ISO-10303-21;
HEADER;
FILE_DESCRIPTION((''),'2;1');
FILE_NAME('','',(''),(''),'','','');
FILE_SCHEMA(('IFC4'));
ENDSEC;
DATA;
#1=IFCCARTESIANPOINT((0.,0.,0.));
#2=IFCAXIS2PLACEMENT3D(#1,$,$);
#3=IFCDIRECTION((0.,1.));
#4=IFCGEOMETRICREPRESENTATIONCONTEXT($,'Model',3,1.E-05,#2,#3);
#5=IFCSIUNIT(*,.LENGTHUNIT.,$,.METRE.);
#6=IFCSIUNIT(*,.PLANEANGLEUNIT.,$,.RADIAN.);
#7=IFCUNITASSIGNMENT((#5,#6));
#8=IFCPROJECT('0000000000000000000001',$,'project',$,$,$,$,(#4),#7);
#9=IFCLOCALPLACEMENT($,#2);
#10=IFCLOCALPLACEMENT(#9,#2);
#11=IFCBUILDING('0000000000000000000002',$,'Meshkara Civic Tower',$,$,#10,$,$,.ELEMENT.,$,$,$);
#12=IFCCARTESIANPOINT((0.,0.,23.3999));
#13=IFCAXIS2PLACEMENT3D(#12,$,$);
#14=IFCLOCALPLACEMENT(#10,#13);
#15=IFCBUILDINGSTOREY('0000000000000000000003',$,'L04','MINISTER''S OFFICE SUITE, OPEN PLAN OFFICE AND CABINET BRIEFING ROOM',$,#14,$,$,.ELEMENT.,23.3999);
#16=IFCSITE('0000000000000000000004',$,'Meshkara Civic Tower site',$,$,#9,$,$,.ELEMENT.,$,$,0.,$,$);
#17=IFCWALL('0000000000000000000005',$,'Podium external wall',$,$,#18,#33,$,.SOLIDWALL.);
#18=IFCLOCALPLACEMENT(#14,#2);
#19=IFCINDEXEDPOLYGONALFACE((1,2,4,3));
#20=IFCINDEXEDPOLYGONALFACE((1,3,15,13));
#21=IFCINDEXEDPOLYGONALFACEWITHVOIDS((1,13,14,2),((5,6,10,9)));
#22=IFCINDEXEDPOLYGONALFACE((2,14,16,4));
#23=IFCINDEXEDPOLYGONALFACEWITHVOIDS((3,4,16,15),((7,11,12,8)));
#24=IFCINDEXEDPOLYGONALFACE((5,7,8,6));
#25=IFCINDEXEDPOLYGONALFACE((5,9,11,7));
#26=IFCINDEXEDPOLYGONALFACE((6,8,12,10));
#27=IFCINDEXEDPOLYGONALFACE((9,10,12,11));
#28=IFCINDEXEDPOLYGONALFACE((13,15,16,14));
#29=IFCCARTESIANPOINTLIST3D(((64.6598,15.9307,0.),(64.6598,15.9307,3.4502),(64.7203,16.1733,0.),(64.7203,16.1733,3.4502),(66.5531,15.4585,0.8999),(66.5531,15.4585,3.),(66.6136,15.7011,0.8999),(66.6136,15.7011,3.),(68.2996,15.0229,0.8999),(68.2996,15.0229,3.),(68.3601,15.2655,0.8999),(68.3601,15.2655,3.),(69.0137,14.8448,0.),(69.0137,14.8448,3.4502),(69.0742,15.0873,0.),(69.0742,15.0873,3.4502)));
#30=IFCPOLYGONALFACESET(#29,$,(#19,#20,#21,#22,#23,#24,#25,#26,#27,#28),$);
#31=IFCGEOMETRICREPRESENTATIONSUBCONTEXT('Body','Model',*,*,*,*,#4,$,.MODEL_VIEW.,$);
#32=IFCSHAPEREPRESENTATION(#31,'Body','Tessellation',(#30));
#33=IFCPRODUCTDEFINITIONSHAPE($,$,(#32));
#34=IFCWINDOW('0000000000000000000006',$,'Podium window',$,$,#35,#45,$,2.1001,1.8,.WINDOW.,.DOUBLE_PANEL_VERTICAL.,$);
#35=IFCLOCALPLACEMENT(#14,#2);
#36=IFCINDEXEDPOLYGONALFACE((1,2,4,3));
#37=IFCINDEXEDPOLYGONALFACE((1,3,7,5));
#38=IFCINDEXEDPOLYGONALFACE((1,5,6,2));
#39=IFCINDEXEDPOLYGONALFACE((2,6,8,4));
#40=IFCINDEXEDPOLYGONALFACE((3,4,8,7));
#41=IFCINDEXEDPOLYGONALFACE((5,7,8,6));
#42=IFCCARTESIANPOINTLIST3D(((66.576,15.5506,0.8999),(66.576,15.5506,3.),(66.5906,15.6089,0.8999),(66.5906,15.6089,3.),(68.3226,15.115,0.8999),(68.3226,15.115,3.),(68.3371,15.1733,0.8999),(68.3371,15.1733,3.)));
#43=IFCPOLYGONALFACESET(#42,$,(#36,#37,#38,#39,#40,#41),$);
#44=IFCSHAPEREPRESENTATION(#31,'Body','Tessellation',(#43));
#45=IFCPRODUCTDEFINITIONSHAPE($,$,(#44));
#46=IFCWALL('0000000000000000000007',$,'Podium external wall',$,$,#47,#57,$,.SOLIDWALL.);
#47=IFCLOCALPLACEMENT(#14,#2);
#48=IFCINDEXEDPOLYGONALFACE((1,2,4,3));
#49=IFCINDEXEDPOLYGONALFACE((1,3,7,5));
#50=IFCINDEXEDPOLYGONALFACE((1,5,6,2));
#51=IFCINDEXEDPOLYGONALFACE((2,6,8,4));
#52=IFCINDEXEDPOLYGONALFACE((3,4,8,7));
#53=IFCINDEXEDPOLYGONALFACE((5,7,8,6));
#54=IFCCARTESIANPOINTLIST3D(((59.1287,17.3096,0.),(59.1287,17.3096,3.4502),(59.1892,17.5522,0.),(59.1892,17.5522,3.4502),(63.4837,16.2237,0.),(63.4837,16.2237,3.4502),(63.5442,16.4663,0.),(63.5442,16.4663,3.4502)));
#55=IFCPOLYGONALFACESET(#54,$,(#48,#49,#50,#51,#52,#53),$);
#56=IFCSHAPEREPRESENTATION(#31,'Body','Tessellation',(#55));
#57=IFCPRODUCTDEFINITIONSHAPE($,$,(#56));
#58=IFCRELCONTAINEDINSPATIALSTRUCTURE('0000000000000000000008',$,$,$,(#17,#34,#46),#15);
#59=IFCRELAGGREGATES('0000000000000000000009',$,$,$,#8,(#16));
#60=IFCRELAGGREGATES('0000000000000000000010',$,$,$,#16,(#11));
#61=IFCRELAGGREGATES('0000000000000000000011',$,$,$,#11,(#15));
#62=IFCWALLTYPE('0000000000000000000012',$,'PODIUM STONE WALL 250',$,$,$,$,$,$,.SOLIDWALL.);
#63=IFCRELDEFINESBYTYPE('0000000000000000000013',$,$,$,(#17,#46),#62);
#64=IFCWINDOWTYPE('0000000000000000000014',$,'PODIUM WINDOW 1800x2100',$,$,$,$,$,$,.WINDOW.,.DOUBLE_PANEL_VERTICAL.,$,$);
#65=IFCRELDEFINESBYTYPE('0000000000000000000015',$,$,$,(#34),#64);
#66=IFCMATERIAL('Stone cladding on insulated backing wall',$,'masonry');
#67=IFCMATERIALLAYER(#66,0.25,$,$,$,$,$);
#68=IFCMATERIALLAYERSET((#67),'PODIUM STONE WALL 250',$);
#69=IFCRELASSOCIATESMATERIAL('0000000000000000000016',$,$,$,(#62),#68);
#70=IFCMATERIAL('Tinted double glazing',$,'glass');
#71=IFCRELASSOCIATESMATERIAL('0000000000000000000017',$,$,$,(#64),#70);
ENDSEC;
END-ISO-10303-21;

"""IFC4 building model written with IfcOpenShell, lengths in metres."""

from ifc_helpers import new_model, si_unit, direction, frame, frame_2d, origin, place, context, subcontext, project, spatial, rectangle, extrude, material, layer, layer_set, type_object, element, fill, save


model = new_model("IFC4")

# Units and contexts
model_context = context("Model", 3, precision=1e-05, world=origin(), true_north=direction((0.0, 1.0)))
body_context = subcontext(model_context, "Body", "Model", "MODEL_VIEW")
ifc_project = project(units=[si_unit("LENGTHUNIT", "METRE"), si_unit("PLANEANGLEUNIT", "RADIAN")], contexts=[model_context])

# Site, building, storey
site_placement = place(None, origin())
site = spatial("IfcSite", under=ifc_project, at=site_placement, Name="Meshkara Civic Tower site", CompositionType="ELEMENT", RefElevation=0.0)
building_placement = place(site_placement, origin())
building = spatial("IfcBuilding", under=site, at=building_placement, Name="Meshkara Civic Tower", CompositionType="ELEMENT")
storey_placement = place(building_placement, frame((0.0, 0.0, 23.3999)))
storey = spatial("IfcBuildingStorey", under=building, at=storey_placement, Name="L04", Description="MINISTER'S OFFICE SUITE, OPEN PLAN OFFICE AND CABINET BRIEFING ROOM", CompositionType="ELEMENT", Elevation=23.3999)

# Shared definitions
ifc_material_1 = material(Name="Stone cladding on insulated backing wall", Category="masonry")
ifc_layer_1 = layer(ifc_material_1, 0.25)
ifc_layer_set_1 = layer_set([ifc_layer_1], Name="PODIUM STONE WALL 250")
wall_type_1 = type_object("IfcWallType", Name="PODIUM STONE WALL 250", PredefinedType="SOLIDWALL", material=ifc_layer_set_1)

# Wall, opening, window
wall_1_placement = place(storey_placement, frame((69.0439, 14.9661, 0.0), z_axis=(0.0, 0.0, 1.0), x_axis=(-0.970277, 0.241998, 0.0)))
wall_1 = element("IfcWall", 1, at=wall_1_placement, inside=storey, type_object=wall_type_1, Name="Podium external wall", PredefinedType="SOLIDWALL", context=body_context, shape_type="SweptSolid", body=[
    extrude(rectangle(XDim=4.4873, YDim=0.25, at=frame_2d((2.2437, 0.0))), origin(), (0.0, 0.0, 1.0), 3.4502),
])
opening_1_placement = place(wall_1_placement, frame((0.7361, 0.0, 0.8999)))
opening_1 = element("IfcOpeningElement", 2, at=opening_1_placement, cuts=wall_1, PredefinedType="OPENING", context=body_context, shape_type="SweptSolid", body=[
    extrude(rectangle(XDim=1.8, YDim=2.1001, at=frame_2d((0.8999, 1.05))), frame((0.0, 0.135, 0.0), z_axis=(0.0, -1.0, 0.0), x_axis=(1.0, 0.0, 0.0)), (0.0, 0.0, 1.0), 0.27),
])
ifc_material_2 = material(Name="Tinted double glazing", Category="glass")
window_type = type_object("IfcWindowType", Name="PODIUM WINDOW 1800x2100", PartitioningType="DOUBLE_PANEL_VERTICAL", PredefinedType="WINDOW", material=ifc_material_2)
window_placement = place(opening_1_placement, origin())
window = element("IfcWindow", 3, at=window_placement, inside=storey, type_object=window_type, Name="Podium window", OverallHeight=2.1001, OverallWidth=1.8, PartitioningType="DOUBLE_PANEL_VERTICAL", PredefinedType="WINDOW", context=body_context, shape_type="SweptSolid", body=[
    extrude(rectangle(XDim=1.8, YDim=2.1001, at=frame_2d((0.8999, 1.05))), frame((0.0, 0.03, 0.0), z_axis=(0.0, -1.0, 0.0), x_axis=(1.0, 0.0, 0.0)), (0.0, 0.0, 1.0), 0.0601),
])
fill(opening_1, window)

# Wall
wall_2_placement = place(storey_placement, frame((63.5139, 16.345, 0.0), z_axis=(0.0, 0.0, 1.0), x_axis=(-0.97029, 0.241947, 0.0)))
element("IfcWall", 4, at=wall_2_placement, inside=storey, type_object=wall_type_1, Name="Podium external wall", PredefinedType="SOLIDWALL", context=body_context, shape_type="SweptSolid", body=[
    extrude(rectangle(XDim=4.4883, YDim=0.25, at=frame_2d((2.2441, 0.0))), origin(), (0.0, 0.0, 1.0), 3.4502),
])

save(model, "model.ifc")
